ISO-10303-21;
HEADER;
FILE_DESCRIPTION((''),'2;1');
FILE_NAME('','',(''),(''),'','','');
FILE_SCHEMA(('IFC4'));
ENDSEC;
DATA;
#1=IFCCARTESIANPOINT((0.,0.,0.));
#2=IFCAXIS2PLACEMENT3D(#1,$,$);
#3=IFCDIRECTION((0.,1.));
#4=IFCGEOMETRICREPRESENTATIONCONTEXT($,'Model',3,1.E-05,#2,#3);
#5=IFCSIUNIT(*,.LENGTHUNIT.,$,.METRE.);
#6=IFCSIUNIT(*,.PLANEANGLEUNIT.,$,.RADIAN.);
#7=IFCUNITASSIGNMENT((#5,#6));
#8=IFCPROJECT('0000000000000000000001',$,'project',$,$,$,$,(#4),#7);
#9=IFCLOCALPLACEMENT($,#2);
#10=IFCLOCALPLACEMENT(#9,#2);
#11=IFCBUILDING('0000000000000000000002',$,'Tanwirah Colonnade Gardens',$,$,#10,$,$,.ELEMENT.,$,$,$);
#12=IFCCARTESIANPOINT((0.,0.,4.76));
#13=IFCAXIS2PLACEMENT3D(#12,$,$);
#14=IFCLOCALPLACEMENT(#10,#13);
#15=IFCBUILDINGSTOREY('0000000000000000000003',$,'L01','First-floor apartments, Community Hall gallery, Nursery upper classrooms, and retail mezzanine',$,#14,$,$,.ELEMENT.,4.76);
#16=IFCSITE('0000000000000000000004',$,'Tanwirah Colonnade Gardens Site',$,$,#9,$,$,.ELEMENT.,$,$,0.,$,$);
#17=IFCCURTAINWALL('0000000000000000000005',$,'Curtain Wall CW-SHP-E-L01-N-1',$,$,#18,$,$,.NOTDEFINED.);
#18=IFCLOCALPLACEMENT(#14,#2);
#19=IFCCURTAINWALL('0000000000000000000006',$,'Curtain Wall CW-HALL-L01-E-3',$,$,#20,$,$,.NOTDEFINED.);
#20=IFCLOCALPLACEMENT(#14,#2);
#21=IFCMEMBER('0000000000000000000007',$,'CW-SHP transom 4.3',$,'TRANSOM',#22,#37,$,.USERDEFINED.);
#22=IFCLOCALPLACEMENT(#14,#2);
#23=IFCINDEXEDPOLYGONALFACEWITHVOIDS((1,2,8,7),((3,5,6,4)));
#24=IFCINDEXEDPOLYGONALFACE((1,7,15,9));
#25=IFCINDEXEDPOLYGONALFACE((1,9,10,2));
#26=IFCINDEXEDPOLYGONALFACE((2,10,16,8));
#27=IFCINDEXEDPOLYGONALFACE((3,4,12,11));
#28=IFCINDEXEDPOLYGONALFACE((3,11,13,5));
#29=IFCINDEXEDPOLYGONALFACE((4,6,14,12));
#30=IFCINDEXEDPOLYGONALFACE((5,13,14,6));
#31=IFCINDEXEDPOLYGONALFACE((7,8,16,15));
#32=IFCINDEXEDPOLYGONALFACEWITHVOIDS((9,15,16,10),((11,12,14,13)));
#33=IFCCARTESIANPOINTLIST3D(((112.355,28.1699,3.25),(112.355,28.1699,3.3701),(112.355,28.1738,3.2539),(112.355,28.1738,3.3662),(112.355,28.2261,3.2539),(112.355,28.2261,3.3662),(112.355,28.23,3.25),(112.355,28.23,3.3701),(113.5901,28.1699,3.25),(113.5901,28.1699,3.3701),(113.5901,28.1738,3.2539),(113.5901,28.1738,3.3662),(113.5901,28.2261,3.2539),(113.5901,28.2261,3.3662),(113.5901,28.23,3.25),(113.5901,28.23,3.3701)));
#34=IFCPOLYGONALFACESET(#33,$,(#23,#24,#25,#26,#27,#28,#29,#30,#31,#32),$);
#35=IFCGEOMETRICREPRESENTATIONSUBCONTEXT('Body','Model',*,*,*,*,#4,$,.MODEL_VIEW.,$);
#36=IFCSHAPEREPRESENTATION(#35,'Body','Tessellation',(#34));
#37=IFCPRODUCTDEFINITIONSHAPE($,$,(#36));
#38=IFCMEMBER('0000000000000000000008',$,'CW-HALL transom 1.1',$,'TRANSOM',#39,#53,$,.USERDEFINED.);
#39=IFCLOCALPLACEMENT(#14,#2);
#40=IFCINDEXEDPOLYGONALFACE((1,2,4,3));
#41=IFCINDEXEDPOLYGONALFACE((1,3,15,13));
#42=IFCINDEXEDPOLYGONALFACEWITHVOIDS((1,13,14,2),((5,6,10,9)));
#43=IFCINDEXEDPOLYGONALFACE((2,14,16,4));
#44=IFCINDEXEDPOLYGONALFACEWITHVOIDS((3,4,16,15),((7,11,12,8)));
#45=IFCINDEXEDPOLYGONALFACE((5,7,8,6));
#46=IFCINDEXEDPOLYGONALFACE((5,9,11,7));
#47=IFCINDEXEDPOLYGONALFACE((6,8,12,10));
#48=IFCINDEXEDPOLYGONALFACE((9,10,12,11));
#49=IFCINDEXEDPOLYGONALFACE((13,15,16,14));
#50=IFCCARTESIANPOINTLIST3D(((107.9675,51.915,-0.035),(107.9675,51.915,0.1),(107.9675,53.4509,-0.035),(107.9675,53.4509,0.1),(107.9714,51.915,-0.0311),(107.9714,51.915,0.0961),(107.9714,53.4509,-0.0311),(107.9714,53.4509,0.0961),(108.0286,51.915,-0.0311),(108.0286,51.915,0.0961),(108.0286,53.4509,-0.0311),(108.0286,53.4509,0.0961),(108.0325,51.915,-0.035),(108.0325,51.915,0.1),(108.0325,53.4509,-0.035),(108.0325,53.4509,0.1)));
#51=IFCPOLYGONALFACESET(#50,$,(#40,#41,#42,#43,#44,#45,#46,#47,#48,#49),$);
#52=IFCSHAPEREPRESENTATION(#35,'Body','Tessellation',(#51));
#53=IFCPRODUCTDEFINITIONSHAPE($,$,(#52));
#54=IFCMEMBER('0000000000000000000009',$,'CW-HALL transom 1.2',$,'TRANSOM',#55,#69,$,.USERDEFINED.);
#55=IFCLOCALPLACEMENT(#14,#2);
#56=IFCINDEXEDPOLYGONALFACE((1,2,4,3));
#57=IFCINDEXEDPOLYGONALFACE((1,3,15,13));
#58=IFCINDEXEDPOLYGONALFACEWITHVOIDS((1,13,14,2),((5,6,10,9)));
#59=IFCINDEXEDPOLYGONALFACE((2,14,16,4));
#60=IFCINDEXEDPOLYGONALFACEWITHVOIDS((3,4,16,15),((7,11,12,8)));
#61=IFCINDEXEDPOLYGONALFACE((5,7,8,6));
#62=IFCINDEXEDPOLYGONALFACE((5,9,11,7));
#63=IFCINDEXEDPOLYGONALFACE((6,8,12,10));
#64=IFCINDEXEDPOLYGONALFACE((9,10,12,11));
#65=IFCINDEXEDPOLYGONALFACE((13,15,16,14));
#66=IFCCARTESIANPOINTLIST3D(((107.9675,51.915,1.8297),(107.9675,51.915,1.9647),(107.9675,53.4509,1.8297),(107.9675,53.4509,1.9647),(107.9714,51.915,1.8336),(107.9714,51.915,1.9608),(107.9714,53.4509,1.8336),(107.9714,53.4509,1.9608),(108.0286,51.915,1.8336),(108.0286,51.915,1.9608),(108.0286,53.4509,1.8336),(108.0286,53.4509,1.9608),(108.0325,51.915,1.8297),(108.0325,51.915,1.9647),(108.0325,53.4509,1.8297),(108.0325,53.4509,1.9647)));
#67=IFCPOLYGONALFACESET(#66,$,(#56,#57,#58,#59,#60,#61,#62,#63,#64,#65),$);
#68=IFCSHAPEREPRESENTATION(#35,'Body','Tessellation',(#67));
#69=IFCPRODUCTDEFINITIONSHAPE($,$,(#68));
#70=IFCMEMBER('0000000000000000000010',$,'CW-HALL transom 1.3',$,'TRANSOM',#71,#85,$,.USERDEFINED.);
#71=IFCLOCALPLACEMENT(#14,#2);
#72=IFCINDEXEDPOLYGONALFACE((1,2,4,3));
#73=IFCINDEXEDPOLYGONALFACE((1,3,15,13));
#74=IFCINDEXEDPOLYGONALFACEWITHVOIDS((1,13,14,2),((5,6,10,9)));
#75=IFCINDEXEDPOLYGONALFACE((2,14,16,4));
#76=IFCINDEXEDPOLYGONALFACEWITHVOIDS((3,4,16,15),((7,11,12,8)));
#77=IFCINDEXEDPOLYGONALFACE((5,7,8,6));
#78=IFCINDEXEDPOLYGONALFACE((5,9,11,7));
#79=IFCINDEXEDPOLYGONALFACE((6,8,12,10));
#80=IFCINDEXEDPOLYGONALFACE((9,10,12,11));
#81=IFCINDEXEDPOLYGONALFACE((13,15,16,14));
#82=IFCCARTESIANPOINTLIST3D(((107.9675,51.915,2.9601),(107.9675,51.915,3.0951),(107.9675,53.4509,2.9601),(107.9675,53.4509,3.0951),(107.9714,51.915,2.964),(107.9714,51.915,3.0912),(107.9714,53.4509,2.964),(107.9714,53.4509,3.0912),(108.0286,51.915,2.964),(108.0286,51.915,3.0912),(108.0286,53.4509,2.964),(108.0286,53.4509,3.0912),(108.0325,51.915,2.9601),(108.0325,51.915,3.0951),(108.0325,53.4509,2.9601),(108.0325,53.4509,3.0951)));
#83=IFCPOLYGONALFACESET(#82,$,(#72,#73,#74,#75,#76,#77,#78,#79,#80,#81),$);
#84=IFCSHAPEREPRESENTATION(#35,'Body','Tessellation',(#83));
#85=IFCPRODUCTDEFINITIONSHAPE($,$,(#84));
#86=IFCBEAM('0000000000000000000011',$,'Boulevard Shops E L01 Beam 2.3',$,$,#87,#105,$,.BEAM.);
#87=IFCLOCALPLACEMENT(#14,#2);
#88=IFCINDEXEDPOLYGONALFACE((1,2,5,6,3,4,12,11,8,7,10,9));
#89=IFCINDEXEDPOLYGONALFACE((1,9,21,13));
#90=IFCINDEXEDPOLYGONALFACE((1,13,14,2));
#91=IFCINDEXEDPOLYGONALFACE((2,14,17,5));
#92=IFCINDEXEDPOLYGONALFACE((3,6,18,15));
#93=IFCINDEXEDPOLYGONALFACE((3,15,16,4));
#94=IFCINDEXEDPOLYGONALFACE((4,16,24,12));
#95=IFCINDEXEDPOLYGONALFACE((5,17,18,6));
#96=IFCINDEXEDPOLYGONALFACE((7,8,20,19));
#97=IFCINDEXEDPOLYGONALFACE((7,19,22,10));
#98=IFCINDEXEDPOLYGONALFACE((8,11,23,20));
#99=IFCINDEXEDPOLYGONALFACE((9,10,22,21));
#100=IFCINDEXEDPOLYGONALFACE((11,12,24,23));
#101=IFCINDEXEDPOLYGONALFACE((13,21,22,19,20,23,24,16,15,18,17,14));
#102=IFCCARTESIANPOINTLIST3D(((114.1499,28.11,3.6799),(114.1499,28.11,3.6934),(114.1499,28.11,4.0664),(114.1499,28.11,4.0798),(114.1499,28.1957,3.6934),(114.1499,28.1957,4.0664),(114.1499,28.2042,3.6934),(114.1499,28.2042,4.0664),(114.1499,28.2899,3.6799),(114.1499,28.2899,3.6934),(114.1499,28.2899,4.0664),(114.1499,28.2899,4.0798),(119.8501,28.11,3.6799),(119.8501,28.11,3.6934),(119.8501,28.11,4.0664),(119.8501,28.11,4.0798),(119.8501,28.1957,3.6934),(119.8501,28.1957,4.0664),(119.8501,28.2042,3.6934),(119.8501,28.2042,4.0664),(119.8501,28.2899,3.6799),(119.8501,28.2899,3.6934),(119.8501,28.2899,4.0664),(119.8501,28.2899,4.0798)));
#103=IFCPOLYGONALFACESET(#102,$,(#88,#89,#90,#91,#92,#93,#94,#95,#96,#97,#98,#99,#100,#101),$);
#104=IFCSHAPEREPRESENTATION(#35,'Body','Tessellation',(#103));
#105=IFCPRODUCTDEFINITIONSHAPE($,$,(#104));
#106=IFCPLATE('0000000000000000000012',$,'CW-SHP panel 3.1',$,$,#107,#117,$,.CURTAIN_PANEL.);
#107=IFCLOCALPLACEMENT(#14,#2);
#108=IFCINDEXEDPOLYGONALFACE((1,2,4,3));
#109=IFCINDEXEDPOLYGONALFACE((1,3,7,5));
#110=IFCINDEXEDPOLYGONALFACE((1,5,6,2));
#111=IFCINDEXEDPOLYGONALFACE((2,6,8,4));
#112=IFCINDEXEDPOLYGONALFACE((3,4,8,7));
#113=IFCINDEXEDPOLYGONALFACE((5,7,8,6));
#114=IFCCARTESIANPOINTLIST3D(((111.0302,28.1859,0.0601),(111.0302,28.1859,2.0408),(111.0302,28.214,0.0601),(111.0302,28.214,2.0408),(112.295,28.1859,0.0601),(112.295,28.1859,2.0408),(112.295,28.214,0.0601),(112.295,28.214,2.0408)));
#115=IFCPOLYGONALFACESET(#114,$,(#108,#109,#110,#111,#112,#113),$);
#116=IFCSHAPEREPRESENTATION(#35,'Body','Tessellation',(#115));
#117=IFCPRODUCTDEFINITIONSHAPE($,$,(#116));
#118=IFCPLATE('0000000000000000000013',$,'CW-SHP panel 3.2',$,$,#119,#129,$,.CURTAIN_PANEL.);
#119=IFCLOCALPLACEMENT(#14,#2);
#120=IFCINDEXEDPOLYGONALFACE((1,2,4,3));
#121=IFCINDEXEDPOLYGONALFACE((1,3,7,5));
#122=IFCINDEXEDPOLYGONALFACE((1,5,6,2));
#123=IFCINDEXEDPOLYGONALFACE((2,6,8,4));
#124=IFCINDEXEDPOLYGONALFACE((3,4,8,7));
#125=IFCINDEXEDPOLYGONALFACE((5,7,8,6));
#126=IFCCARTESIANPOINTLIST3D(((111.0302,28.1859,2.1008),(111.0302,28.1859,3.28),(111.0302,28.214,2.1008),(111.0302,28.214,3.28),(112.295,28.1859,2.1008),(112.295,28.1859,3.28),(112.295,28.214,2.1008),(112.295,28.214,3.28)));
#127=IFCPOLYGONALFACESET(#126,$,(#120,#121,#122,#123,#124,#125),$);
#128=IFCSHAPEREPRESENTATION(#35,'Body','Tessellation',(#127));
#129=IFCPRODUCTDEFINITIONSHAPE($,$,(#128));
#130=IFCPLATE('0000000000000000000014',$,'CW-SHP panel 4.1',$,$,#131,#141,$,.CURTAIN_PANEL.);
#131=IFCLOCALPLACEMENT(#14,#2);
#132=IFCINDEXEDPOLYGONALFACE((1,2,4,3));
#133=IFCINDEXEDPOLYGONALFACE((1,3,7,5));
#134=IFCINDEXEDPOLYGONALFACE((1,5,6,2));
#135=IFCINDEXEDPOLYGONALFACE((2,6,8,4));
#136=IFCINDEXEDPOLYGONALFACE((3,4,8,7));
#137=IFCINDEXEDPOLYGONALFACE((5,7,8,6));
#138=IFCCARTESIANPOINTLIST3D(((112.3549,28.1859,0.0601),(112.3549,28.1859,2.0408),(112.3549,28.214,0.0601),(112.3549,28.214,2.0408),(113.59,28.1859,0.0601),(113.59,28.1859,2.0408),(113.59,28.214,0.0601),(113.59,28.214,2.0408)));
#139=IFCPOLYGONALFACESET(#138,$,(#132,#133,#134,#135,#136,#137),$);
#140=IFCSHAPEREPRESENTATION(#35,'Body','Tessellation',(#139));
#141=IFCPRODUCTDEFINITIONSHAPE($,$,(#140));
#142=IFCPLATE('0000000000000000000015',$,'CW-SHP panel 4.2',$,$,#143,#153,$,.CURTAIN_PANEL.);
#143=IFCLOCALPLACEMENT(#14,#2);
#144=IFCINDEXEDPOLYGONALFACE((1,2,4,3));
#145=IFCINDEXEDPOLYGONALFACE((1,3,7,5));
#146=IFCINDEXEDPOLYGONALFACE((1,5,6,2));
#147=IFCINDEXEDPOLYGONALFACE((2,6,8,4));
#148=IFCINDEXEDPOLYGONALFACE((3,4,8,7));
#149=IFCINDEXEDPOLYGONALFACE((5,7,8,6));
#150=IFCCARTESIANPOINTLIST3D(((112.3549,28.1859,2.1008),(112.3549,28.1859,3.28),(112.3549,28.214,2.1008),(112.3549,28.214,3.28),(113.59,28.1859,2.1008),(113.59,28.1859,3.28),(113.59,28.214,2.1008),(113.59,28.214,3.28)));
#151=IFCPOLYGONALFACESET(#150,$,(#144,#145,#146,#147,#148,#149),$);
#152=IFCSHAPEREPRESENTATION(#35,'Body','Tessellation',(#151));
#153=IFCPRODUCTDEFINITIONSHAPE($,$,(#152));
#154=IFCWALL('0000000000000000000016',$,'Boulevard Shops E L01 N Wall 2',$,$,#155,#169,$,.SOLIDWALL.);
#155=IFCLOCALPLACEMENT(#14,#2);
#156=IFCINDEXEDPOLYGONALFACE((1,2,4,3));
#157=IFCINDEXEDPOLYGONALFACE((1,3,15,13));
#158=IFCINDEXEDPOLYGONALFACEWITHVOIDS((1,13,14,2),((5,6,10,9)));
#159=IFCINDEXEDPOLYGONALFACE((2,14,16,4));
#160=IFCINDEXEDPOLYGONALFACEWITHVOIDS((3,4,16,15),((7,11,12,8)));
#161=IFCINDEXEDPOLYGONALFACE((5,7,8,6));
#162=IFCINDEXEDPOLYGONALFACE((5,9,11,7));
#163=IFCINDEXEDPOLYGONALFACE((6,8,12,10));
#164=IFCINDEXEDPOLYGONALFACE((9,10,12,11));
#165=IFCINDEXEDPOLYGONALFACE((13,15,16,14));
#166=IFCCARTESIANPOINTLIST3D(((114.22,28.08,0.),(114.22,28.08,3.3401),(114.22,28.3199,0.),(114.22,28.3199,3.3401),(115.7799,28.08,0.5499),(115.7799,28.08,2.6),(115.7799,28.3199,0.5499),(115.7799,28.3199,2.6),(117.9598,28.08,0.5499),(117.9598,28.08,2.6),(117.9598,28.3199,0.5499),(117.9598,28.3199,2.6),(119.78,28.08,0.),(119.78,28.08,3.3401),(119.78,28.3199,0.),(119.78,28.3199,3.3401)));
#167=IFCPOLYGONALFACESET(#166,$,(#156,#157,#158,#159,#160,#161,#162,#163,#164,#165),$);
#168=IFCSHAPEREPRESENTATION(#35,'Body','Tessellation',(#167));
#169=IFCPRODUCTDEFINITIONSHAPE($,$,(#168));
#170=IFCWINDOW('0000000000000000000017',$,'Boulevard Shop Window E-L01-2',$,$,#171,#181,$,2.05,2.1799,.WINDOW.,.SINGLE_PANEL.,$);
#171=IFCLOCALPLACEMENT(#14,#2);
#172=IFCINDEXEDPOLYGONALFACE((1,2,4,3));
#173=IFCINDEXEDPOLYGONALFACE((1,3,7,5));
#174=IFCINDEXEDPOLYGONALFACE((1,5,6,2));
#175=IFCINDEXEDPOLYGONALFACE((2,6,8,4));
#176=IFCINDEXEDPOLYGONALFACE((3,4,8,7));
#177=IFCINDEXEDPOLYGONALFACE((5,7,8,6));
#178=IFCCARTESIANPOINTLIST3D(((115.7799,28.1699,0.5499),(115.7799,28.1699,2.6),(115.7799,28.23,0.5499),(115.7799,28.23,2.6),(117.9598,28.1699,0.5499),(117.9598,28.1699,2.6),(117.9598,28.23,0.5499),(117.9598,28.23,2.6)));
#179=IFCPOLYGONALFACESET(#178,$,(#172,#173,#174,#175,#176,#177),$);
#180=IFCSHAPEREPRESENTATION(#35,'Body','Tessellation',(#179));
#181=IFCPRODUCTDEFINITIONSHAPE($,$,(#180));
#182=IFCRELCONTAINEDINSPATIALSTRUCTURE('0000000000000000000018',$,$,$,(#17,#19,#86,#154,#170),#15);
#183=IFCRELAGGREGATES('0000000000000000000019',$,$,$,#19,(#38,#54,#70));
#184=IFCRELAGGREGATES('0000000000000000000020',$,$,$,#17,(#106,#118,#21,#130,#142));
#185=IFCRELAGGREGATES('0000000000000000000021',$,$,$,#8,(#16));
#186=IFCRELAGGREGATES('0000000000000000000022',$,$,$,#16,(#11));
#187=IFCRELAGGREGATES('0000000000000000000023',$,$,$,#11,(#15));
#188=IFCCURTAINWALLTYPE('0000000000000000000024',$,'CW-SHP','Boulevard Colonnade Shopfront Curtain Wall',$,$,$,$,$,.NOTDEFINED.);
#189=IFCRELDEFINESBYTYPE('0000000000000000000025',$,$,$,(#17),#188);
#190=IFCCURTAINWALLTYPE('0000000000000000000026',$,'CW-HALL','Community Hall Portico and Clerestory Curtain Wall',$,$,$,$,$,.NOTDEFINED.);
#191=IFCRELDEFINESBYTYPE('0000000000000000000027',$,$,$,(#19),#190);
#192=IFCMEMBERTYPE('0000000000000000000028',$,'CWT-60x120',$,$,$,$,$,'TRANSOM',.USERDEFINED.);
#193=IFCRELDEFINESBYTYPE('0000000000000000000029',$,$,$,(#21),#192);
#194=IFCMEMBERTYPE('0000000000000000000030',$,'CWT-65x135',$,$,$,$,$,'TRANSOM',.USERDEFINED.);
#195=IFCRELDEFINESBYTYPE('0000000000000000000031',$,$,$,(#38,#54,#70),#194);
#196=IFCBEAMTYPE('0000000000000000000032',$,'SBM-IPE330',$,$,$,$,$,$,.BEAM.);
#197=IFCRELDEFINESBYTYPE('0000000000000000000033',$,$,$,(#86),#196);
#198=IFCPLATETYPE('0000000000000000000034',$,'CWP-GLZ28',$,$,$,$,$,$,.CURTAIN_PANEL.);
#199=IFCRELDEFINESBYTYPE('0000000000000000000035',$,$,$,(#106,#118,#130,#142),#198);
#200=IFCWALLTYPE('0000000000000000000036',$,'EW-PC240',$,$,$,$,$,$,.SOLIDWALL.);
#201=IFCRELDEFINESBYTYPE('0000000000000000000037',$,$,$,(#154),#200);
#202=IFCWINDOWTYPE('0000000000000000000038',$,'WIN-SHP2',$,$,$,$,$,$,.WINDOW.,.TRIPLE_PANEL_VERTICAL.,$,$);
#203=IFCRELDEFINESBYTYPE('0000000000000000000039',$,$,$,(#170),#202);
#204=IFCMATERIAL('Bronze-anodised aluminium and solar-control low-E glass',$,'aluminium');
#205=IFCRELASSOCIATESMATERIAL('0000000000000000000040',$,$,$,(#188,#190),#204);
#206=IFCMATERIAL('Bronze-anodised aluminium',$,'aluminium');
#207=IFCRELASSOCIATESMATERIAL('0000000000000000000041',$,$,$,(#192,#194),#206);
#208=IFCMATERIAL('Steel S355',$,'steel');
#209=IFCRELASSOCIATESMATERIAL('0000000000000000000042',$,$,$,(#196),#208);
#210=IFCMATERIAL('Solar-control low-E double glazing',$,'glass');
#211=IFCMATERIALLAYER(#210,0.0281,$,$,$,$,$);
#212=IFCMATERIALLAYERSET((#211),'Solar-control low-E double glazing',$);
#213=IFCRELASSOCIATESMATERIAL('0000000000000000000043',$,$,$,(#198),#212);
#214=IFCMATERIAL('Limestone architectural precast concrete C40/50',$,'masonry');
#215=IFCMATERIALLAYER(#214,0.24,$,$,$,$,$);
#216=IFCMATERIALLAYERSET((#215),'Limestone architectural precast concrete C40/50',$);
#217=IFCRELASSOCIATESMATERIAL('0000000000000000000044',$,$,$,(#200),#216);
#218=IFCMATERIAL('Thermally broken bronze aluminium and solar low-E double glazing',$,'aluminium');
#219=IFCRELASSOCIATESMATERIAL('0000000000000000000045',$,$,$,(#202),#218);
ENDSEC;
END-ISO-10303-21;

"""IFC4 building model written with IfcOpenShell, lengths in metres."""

from ifc_helpers import new_model, si_unit, direction, frame, frame_2d, origin, origin_2d, place, context, subcontext, project, spatial, rectangle, hollow_rectangle, i_section, extrude, material, layer, layer_set, material_profile, profile_set, type_object, element, fill, aggregate, save


model = new_model("IFC4")

# Units and contexts
model_context = context("Model", 3, precision=1e-05, world=origin(), true_north=direction((0.0, 1.0)))
body_context = subcontext(model_context, "Body", "Model", "MODEL_VIEW")
ifc_project = project(units=[si_unit("LENGTHUNIT", "METRE"), si_unit("PLANEANGLEUNIT", "RADIAN")], contexts=[model_context])

# Site, building, storey
site_placement = place(None, origin())
site = spatial("IfcSite", under=ifc_project, at=site_placement, Name="Tanwirah Colonnade Gardens Site", CompositionType="ELEMENT", RefElevation=0.0)
building_placement = place(site_placement, origin())
building = spatial("IfcBuilding", under=site, at=building_placement, Name="Tanwirah Colonnade Gardens", CompositionType="ELEMENT")
storey_placement = place(building_placement, frame((0.0, 0.0, 4.76)))
storey = spatial("IfcBuildingStorey", under=building, at=storey_placement, Name="L01", Description="First-floor apartments, Community Hall gallery, Nursery upper classrooms, and retail mezzanine", CompositionType="ELEMENT", Elevation=4.76)

# Curtain wall
ifc_material_1 = material(Name="Bronze-anodised aluminium and solar-control low-E glass", Category="aluminium")
curtain_wall_type_1 = type_object("IfcCurtainWallType", Name="CW-SHP", Description="Boulevard Colonnade Shopfront Curtain Wall", PredefinedType="NOTDEFINED", material=ifc_material_1)
curtain_wall_1_placement = place(storey_placement, origin())
curtain_wall_1 = element("IfcCurtainWall", 1, at=curtain_wall_1_placement, inside=storey, type_object=curtain_wall_type_1, Name="Curtain Wall CW-SHP-E-L01-N-1", PredefinedType="NOTDEFINED")
ifc_material_2 = material(Name="Bronze-anodised aluminium", Category="aluminium")

# Curtain wall
curtain_wall_type_2 = type_object("IfcCurtainWallType", Name="CW-HALL", Description="Community Hall Portico and Clerestory Curtain Wall", PredefinedType="NOTDEFINED", material=ifc_material_1)
curtain_wall_2_placement = place(storey_placement, origin())
curtain_wall_2 = element("IfcCurtainWall", 2, at=curtain_wall_2_placement, inside=storey, type_object=curtain_wall_type_2, Name="Curtain Wall CW-HALL-L01-E-3", PredefinedType="NOTDEFINED")

# Members
ifc_material_profile_1 = material_profile(ifc_material_2, hollow_rectangle(XDim=0.0601, YDim=0.1201, WallThickness=0.0039, at=origin_2d()), Name="CW-TRN 60x120x4")
ifc_profile_set_1 = profile_set([ifc_material_profile_1], Name="Bronze-anodised aluminium")
member_type_1 = type_object("IfcMemberType", Name="CWT-60x120", ElementType="TRANSOM", PredefinedType="USERDEFINED", material=ifc_profile_set_1)
member_1_placement = place(storey_placement, frame((112.355, 28.2, 3.3101), z_axis=(1.0, 0.0, 0.0), x_axis=(0.0, 1.0, 0.0)))
member_1 = element("IfcMember", 3, at=member_1_placement, type_object=member_type_1, Name="CW-SHP transom 4.3", ObjectType="TRANSOM", PredefinedType="USERDEFINED", context=body_context, shape_type="SweptSolid", body=[
    extrude(hollow_rectangle(XDim=0.0601, YDim=0.1201, WallThickness=0.0039, at=origin_2d()), origin(), (0.0, 0.0, 1.0), 1.2351),
])
ifc_material_profile_2 = material_profile(ifc_material_2, hollow_rectangle(XDim=0.0649, YDim=0.135, WallThickness=0.0039, at=origin_2d()), Name="CW-TRN 65x135x4")
ifc_profile_set_2 = profile_set([ifc_material_profile_2], Name="Bronze-anodised aluminium")
member_type_2 = type_object("IfcMemberType", Name="CWT-65x135", ElementType="TRANSOM", PredefinedType="USERDEFINED", material=ifc_profile_set_2)
member_2_placement = place(storey_placement, frame((108.0, 51.915, 0.0325), z_axis=(0.0, 1.0, 0.0), x_axis=(-1.0, 0.0, 0.0)))
member_2 = element("IfcMember", 4, at=member_2_placement, type_object=member_type_2, Name="CW-HALL transom 1.1", ObjectType="TRANSOM", PredefinedType="USERDEFINED", context=body_context, shape_type="SweptSolid", body=[
    extrude(hollow_rectangle(XDim=0.0649, YDim=0.135, WallThickness=0.0039, at=origin_2d()), origin(), (0.0, 0.0, 1.0), 1.5359),
])
member_3_placement = place(storey_placement, frame((108.0, 51.915, 1.8972), z_axis=(0.0, 1.0, 0.0), x_axis=(-1.0, 0.0, 0.0)))
member_3 = element("IfcMember", 5, at=member_3_placement, type_object=member_type_2, Name="CW-HALL transom 1.2", ObjectType="TRANSOM", PredefinedType="USERDEFINED", context=body_context, shape_type="SweptSolid", body=[
    extrude(hollow_rectangle(XDim=0.0649, YDim=0.135, WallThickness=0.0039, at=origin_2d()), origin(), (0.0, 0.0, 1.0), 1.5359),
])
member_4_placement = place(storey_placement, frame((108.0, 51.915, 3.0276), z_axis=(0.0, 1.0, 0.0), x_axis=(-1.0, 0.0, 0.0)))
member_4 = element("IfcMember", 6, at=member_4_placement, type_object=member_type_2, Name="CW-HALL transom 1.3", ObjectType="TRANSOM", PredefinedType="USERDEFINED", context=body_context, shape_type="SweptSolid", body=[
    extrude(hollow_rectangle(XDim=0.0649, YDim=0.135, WallThickness=0.0039, at=origin_2d()), origin(), (0.0, 0.0, 1.0), 1.5359),
])
aggregate(curtain_wall_2, [member_2, member_3, member_4])

# Beam
ifc_material_3 = material(Name="Steel S355", Category="steel")
ifc_material_profile_3 = material_profile(ifc_material_3, i_section(OverallWidth=0.1799, OverallDepth=0.3999, WebThickness=0.0085, FlangeThickness=0.0134, at=origin_2d()), Name="IPE 400")
ifc_profile_set_3 = profile_set([ifc_material_profile_3], Name="Steel S355")
beam_type = type_object("IfcBeamType", Name="SBM-IPE330", PredefinedType="BEAM", material=ifc_profile_set_3)
beam_placement = place(storey_placement, frame((114.1499, 28.2, 3.8799), z_axis=(1.0, 0.0, 0.0), x_axis=(0.0, 1.0, 0.0)))
element("IfcBeam", 7, at=beam_placement, inside=storey, type_object=beam_type, Name="Boulevard Shops E L01 Beam 2.3", PredefinedType="BEAM", context=body_context, shape_type="SweptSolid", body=[
    extrude(i_section(OverallWidth=0.1799, OverallDepth=0.3999, WebThickness=0.0085, FlangeThickness=0.0134, at=origin_2d()), origin(), (0.0, 0.0, 1.0), 5.7002),
])

# Plates
ifc_material_4 = material(Name="Solar-control low-E double glazing", Category="glass")
ifc_layer_1 = layer(ifc_material_4, 0.0281)
ifc_layer_set_1 = layer_set([ifc_layer_1], Name="Solar-control low-E double glazing")
plate_type = type_object("IfcPlateType", Name="CWP-GLZ28", PredefinedType="CURTAIN_PANEL", material=ifc_layer_set_1)
plate_1_placement = place(storey_placement, frame((111.6626, 28.2, 0.0601), z_axis=(0.0, 0.0, 1.0), x_axis=(1.0, 0.0, 0.0)))
plate_1 = element("IfcPlate", 8, at=plate_1_placement, type_object=plate_type, Name="CW-SHP panel 3.1", PredefinedType="CURTAIN_PANEL", context=body_context, shape_type="SweptSolid", body=[
    extrude(rectangle(XDim=1.2649, YDim=0.0281, at=origin_2d()), origin(), (0.0, 0.0, 1.0), 1.9807),
])
plate_2_placement = place(storey_placement, frame((111.6626, 28.2, 2.1008), z_axis=(0.0, 0.0, 1.0), x_axis=(1.0, 0.0, 0.0)))
plate_2 = element("IfcPlate", 9, at=plate_2_placement, type_object=plate_type, Name="CW-SHP panel 3.2", PredefinedType="CURTAIN_PANEL", context=body_context, shape_type="SweptSolid", body=[
    extrude(rectangle(XDim=1.2649, YDim=0.0281, at=origin_2d()), origin(), (0.0, 0.0, 1.0), 1.1792),
])
plate_3_placement = place(storey_placement, frame((112.9724, 28.2, 0.0601), z_axis=(0.0, 0.0, 1.0), x_axis=(1.0, 0.0, 0.0)))
plate_3 = element("IfcPlate", 10, at=plate_3_placement, type_object=plate_type, Name="CW-SHP panel 4.1", PredefinedType="CURTAIN_PANEL", context=body_context, shape_type="SweptSolid", body=[
    extrude(rectangle(XDim=1.2351, YDim=0.0281, at=origin_2d()), origin(), (0.0, 0.0, 1.0), 1.9807),
])
plate_4_placement = place(storey_placement, frame((112.9724, 28.2, 2.1008), z_axis=(0.0, 0.0, 1.0), x_axis=(1.0, 0.0, 0.0)))
plate_4 = element("IfcPlate", 11, at=plate_4_placement, type_object=plate_type, Name="CW-SHP panel 4.2", PredefinedType="CURTAIN_PANEL", context=body_context, shape_type="SweptSolid", body=[
    extrude(rectangle(XDim=1.2351, YDim=0.0281, at=origin_2d()), origin(), (0.0, 0.0, 1.0), 1.1792),
])
aggregate(curtain_wall_1, [plate_1, plate_2, member_1, plate_3, plate_4])

# Wall, opening, window
ifc_material_5 = material(Name="Limestone architectural precast concrete C40/50", Category="masonry")
ifc_layer_2 = layer(ifc_material_5, 0.24)
ifc_layer_set_2 = layer_set([ifc_layer_2], Name="Limestone architectural precast concrete C40/50")
wall_type = type_object("IfcWallType", Name="EW-PC240", PredefinedType="SOLIDWALL", material=ifc_layer_set_2)
wall_placement = place(storey_placement, frame((114.22, 28.2, 0.0), z_axis=(0.0, 0.0, 1.0), x_axis=(1.0, 0.0, 0.0)))
wall = element("IfcWall", 12, at=wall_placement, inside=storey, type_object=wall_type, Name="Boulevard Shops E L01 N Wall 2", PredefinedType="SOLIDWALL", context=body_context, shape_type="SweptSolid", body=[
    extrude(rectangle(XDim=5.5601, YDim=0.24, at=frame_2d((2.78, 0.0))), origin(), (0.0, 0.0, 1.0), 3.3401),
])
opening_placement = place(wall_placement, frame((1.5601, 0.0, 0.55)))
opening = element("IfcOpeningElement", 13, at=opening_placement, cuts=wall, PredefinedType="OPENING", context=body_context, shape_type="SweptSolid", body=[
    extrude(rectangle(XDim=2.1799, YDim=2.05, at=frame_2d((1.0898, 1.0249))), frame((0.0, 0.1299, 0.0), z_axis=(0.0, -1.0, 0.0), x_axis=(1.0, 0.0, 0.0)), (0.0, 0.0, 1.0), 0.26),
])
ifc_material_6 = material(Name="Thermally broken bronze aluminium and solar low-E double glazing", Category="aluminium")
window_type = type_object("IfcWindowType", Name="WIN-SHP2", PartitioningType="TRIPLE_PANEL_VERTICAL", PredefinedType="WINDOW", material=ifc_material_6)
window_placement = place(opening_placement, origin())
window = element("IfcWindow", 14, at=window_placement, inside=storey, type_object=window_type, Name="Boulevard Shop Window E-L01-2", OverallHeight=2.05, OverallWidth=2.1799, PartitioningType="SINGLE_PANEL", PredefinedType="WINDOW", context=body_context, shape_type="SweptSolid", body=[
    extrude(rectangle(XDim=2.1799, YDim=2.05, at=frame_2d((1.0898, 1.0249))), frame((0.0, 0.03, 0.0), z_axis=(0.0, -1.0, 0.0), x_axis=(1.0, 0.0, 0.0)), (0.0, 0.0, 1.0), 0.0601),
])
fill(opening, window)

save(model, "model.ifc")
